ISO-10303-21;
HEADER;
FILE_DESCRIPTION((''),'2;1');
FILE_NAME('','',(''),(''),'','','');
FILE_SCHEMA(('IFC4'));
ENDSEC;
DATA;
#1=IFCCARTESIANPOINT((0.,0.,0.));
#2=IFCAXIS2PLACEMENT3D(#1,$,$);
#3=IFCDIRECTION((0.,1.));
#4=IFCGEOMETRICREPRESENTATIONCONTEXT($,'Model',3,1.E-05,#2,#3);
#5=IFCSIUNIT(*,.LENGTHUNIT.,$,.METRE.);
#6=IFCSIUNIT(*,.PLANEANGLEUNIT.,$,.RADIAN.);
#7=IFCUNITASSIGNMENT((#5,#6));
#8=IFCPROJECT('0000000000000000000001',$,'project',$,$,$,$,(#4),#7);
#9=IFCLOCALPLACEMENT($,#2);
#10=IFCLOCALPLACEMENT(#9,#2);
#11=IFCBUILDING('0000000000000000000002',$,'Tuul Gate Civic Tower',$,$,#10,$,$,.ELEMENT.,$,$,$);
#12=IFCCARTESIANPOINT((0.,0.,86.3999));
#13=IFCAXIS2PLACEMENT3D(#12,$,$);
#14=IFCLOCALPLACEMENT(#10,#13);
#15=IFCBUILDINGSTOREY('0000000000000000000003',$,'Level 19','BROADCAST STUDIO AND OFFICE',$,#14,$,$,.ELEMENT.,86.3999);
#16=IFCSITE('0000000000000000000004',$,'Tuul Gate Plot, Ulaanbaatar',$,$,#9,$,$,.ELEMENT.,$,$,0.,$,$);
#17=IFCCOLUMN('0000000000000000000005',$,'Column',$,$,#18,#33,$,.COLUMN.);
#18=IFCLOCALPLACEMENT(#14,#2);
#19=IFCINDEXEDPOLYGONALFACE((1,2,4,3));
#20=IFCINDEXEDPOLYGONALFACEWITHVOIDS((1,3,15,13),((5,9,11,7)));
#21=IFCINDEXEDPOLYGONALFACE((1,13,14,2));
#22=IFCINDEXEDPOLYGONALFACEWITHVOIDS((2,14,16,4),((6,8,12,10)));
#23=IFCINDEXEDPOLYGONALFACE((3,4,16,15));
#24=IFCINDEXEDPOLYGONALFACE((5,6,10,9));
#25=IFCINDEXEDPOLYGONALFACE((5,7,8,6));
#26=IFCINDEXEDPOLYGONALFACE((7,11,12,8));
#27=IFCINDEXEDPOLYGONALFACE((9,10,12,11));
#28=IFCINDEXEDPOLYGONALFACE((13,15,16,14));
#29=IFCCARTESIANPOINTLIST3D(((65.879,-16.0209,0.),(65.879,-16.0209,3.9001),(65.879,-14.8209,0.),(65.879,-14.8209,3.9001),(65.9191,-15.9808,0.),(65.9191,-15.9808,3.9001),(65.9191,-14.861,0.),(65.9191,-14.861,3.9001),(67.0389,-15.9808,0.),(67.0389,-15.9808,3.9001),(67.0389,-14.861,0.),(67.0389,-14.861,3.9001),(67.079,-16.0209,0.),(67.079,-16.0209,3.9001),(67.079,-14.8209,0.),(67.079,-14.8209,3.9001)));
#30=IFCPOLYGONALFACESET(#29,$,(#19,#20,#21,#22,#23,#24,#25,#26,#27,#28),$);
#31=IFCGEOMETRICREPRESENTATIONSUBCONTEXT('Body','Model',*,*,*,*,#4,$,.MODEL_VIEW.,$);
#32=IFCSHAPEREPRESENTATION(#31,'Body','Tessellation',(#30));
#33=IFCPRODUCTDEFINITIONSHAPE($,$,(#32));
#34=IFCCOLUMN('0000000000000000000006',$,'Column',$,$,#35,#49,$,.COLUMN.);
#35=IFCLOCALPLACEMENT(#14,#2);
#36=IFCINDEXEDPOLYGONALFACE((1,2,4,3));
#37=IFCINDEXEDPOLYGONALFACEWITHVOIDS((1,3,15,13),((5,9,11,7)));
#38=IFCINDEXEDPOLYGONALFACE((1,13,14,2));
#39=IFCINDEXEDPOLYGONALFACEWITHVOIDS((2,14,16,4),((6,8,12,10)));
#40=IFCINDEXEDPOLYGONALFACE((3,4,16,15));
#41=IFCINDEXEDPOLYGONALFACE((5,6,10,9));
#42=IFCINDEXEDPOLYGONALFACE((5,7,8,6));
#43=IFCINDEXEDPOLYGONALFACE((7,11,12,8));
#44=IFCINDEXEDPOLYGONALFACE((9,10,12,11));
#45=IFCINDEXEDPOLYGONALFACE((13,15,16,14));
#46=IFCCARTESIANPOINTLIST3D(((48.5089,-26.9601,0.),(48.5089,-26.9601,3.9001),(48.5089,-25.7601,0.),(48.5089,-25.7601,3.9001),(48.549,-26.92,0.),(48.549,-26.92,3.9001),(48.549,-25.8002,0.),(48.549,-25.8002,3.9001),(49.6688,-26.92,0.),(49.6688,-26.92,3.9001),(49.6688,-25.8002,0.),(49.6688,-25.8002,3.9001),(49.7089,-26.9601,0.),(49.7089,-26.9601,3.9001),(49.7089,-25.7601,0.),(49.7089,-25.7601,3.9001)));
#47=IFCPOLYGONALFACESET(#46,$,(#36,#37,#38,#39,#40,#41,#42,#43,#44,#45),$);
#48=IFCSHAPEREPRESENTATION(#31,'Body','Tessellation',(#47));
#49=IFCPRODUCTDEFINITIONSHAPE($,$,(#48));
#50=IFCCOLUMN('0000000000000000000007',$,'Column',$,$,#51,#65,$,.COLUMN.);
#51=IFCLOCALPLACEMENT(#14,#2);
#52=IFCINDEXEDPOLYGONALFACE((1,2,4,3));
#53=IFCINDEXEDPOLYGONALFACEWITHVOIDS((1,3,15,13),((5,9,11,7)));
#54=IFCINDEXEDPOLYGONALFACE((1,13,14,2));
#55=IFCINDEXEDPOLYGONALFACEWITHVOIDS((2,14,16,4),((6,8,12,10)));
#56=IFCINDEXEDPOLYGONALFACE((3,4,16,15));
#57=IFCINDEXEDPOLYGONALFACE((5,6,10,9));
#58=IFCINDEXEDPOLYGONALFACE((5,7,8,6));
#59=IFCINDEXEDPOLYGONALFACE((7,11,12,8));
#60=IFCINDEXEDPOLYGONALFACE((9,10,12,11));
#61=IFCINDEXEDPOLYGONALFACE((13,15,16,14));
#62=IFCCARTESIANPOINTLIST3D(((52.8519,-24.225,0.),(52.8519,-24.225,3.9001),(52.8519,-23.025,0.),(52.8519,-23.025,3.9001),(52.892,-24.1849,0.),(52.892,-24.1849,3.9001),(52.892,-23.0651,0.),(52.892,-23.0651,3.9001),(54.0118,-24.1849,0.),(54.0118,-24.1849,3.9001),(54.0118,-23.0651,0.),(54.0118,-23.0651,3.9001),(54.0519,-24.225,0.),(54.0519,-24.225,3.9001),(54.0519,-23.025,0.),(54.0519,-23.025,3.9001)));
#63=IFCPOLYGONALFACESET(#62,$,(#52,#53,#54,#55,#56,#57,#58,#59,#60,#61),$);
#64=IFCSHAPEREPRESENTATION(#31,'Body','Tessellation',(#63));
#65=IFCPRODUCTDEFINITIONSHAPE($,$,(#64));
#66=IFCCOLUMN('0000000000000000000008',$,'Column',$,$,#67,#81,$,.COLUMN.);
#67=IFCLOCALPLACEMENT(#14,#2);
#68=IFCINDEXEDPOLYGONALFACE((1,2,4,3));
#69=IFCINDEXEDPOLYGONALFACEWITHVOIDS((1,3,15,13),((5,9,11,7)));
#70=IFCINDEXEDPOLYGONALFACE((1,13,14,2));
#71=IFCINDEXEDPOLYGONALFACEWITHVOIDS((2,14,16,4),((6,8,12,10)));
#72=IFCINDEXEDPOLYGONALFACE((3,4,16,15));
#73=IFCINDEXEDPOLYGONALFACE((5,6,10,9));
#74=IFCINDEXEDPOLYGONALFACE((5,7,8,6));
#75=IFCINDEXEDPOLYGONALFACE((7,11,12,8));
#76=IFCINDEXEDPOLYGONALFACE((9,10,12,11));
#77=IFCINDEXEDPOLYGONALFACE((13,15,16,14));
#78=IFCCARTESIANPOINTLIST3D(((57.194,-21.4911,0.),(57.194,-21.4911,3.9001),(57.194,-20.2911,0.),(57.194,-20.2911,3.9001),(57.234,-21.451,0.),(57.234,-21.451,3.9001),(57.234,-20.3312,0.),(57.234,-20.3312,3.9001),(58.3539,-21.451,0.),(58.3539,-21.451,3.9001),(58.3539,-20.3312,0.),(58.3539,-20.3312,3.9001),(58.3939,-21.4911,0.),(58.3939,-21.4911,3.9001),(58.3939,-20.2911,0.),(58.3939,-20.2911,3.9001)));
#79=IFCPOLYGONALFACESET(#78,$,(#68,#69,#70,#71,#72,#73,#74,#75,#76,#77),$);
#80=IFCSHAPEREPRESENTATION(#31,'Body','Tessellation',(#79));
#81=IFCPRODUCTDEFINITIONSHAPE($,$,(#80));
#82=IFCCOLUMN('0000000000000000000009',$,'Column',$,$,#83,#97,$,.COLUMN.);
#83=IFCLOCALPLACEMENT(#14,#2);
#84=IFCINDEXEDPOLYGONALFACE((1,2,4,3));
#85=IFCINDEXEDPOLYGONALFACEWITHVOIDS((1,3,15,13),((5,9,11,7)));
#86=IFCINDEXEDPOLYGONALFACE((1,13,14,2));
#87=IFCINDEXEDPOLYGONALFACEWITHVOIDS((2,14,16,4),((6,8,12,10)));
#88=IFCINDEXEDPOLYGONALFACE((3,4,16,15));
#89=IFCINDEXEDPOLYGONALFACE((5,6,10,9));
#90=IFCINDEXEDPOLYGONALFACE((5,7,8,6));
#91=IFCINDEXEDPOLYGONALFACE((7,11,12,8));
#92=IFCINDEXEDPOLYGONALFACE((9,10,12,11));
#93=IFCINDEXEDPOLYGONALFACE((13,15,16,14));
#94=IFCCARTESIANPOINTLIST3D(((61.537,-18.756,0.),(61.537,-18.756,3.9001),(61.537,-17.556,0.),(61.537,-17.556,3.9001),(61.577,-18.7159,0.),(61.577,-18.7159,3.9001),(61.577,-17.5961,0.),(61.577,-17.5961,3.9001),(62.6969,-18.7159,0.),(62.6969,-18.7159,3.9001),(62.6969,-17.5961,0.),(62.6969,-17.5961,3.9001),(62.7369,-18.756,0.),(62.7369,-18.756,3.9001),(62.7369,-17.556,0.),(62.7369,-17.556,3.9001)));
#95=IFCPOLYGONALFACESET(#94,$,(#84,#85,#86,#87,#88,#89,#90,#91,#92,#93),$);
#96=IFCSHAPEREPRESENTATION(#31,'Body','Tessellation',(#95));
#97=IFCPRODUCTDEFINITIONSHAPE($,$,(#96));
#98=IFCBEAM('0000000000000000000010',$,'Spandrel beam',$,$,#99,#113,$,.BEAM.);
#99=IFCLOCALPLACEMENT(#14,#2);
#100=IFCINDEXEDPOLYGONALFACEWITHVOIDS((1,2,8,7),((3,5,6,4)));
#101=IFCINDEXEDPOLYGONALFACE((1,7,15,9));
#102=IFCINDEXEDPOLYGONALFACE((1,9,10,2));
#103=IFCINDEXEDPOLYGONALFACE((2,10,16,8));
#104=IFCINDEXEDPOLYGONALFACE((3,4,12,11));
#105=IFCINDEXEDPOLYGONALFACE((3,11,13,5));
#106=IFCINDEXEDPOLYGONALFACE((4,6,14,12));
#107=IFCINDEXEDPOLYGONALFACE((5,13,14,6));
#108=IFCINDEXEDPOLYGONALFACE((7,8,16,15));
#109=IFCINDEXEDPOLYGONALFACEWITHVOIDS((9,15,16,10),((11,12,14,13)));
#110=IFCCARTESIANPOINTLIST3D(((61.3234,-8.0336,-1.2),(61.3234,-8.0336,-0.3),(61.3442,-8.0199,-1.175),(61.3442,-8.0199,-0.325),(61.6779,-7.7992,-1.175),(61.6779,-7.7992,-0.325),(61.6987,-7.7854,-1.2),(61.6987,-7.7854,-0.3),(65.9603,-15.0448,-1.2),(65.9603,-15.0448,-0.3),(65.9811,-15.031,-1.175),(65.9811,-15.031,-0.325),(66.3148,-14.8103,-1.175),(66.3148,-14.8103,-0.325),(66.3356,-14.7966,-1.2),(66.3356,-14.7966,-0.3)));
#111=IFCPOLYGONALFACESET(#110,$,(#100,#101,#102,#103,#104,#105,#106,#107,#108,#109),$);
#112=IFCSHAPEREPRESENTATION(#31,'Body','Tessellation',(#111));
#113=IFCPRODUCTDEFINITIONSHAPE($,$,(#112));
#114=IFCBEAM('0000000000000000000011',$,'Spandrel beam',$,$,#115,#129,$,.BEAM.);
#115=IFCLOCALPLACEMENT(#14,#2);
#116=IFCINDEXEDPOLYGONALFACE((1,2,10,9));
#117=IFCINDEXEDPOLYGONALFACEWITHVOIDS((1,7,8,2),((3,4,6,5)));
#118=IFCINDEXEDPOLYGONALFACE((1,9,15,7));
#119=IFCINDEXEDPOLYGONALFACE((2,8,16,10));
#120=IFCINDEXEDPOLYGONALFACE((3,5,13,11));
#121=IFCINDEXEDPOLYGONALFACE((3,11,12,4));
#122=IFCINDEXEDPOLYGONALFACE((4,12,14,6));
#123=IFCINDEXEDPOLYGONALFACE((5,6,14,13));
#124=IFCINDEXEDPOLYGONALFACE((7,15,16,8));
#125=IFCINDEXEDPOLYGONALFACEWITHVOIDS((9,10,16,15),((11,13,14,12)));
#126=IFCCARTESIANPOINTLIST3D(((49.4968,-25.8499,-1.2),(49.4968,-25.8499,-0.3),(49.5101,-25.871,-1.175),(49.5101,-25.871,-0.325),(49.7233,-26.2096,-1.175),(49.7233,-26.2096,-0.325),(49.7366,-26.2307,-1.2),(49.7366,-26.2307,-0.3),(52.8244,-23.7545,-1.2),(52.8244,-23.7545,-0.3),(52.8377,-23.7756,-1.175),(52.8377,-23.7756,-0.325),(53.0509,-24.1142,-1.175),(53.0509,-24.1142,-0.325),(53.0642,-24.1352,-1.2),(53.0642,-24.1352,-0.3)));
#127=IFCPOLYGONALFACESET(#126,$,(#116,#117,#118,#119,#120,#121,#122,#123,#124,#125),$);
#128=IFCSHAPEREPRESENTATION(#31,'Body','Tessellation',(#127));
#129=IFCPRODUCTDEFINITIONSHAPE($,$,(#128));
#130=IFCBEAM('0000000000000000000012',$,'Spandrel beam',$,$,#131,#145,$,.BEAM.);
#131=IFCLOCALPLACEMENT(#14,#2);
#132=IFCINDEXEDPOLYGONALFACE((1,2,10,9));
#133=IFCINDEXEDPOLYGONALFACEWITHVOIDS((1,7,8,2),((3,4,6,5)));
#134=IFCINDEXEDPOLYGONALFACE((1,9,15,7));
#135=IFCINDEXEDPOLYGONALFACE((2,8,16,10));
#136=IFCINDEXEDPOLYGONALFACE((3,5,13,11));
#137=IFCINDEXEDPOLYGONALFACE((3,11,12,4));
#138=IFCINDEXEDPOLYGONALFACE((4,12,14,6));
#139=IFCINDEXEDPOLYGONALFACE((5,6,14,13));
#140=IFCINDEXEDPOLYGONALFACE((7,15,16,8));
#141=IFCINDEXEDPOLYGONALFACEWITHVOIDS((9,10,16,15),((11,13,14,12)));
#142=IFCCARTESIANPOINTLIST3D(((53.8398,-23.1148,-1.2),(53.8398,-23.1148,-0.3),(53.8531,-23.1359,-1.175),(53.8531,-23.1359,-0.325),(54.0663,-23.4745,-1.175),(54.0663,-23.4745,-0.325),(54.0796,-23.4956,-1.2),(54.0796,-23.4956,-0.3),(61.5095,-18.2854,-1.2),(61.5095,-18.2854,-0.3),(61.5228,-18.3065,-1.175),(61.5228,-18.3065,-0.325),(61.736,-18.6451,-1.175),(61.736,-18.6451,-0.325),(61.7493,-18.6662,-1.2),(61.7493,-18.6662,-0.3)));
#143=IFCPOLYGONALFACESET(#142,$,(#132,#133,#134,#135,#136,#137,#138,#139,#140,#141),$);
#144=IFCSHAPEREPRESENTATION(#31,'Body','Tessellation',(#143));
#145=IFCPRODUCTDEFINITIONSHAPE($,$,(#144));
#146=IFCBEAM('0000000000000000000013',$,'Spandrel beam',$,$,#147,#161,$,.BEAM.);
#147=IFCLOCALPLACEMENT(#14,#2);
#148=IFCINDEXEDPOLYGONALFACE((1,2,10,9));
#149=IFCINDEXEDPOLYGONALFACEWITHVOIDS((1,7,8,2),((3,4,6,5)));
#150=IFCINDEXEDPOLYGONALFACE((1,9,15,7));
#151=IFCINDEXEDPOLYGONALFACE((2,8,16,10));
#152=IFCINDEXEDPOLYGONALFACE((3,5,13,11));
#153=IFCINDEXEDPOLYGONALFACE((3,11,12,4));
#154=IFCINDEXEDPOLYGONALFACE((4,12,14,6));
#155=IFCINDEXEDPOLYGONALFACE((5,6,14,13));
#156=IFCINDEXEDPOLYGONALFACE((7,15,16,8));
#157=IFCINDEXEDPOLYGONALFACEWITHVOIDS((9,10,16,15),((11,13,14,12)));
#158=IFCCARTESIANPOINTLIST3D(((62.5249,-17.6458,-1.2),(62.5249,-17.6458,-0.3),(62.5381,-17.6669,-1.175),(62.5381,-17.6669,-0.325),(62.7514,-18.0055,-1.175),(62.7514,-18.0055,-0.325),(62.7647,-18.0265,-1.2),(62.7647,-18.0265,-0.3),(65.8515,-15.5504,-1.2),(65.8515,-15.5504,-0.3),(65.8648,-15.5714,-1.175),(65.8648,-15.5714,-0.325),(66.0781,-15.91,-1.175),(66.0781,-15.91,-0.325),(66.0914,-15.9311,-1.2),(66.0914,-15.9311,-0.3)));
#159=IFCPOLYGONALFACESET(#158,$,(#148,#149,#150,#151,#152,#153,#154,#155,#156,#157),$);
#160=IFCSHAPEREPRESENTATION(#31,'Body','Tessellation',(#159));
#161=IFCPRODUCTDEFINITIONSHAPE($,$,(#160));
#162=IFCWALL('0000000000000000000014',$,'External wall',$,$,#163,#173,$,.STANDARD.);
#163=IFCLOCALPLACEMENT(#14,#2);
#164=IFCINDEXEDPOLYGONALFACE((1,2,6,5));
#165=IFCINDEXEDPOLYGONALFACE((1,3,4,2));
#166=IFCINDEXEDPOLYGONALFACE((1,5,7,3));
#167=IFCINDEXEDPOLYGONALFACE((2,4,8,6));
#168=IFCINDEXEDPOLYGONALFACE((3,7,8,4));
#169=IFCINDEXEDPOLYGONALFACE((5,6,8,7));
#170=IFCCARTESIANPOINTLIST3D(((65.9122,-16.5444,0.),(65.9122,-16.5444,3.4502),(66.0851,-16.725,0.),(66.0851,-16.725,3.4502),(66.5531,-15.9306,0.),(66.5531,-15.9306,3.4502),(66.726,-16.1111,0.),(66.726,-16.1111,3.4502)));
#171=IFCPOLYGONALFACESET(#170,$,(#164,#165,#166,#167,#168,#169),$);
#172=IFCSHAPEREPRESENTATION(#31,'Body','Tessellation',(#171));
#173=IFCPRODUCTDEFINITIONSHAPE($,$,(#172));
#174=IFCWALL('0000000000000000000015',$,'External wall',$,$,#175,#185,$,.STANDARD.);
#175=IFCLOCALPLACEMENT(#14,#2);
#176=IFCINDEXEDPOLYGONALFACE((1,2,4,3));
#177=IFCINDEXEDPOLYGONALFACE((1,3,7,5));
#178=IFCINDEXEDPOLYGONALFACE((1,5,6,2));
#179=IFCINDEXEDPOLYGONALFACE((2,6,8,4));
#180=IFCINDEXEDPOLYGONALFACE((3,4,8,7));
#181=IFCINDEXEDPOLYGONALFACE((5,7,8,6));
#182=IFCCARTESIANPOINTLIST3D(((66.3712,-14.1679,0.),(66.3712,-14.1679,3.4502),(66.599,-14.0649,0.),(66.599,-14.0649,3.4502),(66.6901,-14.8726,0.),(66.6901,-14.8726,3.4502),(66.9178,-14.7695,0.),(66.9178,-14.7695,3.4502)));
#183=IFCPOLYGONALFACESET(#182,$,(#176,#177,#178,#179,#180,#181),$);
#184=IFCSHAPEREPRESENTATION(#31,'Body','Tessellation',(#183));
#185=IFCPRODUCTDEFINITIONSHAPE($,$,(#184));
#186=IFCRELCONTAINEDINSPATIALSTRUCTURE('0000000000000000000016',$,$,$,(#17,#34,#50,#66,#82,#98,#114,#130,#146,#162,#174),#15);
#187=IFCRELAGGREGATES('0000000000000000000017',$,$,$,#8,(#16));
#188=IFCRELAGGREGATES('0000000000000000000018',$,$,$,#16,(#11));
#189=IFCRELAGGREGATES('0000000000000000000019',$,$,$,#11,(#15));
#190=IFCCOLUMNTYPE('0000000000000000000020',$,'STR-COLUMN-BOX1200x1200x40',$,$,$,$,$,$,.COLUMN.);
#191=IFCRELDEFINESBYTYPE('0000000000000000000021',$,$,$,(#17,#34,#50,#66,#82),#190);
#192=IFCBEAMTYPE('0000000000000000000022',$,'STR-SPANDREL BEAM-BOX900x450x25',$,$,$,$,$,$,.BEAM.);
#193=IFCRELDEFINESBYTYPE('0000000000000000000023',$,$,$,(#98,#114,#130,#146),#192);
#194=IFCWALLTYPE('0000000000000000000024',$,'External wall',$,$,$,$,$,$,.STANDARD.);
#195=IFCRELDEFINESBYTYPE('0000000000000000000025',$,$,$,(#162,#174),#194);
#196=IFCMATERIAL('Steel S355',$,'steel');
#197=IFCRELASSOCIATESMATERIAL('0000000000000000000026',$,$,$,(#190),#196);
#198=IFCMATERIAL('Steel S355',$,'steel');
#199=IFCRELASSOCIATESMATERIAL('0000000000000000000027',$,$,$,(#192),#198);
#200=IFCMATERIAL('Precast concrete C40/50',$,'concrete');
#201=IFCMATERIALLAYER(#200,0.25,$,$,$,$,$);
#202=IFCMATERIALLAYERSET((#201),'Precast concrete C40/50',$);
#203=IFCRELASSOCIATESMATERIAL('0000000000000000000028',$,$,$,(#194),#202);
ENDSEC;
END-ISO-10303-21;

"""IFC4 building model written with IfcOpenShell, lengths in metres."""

from ifc_helpers import new_model, si_unit, direction, frame, frame_2d, origin, origin_2d, place, context, subcontext, project, spatial, rectangle, hollow_rectangle, extrude, material, layer, layer_set, material_profile, profile_set, type_object, element, save


model = new_model("IFC4")

# Units and contexts
model_context = context("Model", 3, precision=1e-05, world=origin(), true_north=direction((0.0, 1.0)))
body_context = subcontext(model_context, "Body", "Model", "MODEL_VIEW")
ifc_project = project(units=[si_unit("LENGTHUNIT", "METRE"), si_unit("PLANEANGLEUNIT", "RADIAN")], contexts=[model_context])

# Site, building, storey
site_placement = place(None, origin())
site = spatial("IfcSite", under=ifc_project, at=site_placement, Name="Tuul Gate Plot, Ulaanbaatar", CompositionType="ELEMENT", RefElevation=0.0)
building_placement = place(site_placement, origin())
building = spatial("IfcBuilding", under=site, at=building_placement, Name="Tuul Gate Civic Tower", CompositionType="ELEMENT")
storey_placement = place(building_placement, frame((0.0, 0.0, 86.3999)))
storey = spatial("IfcBuildingStorey", under=building, at=storey_placement, Name="Level 19", Description="BROADCAST STUDIO AND OFFICE", CompositionType="ELEMENT", Elevation=86.3999)

# Columns
ifc_material_1 = material(Name="Steel S355", Category="steel")
ifc_material_profile_1 = material_profile(ifc_material_1, hollow_rectangle(XDim=1.2, YDim=1.2, WallThickness=0.04, at=origin_2d()), Name="BOX1200x1200x40")
ifc_profile_set_1 = profile_set([ifc_material_profile_1], Name="Steel S355")
column_type = type_object("IfcColumnType", Name="STR-COLUMN-BOX1200x1200x40", PredefinedType="COLUMN", material=ifc_profile_set_1)
for number, where, z_axis, x_axis, name in (
    (1, (66.479, -15.4209, 0.0), (0.0, 0.0, 1.0), (1.0, 0.0, 0.0), "Column"),
    (2, (49.1089, -26.3601, 0.0), (0.0, 0.0, 1.0), (1.0, 0.0, 0.0), "Column"),
    (3, (53.4519, -23.625, 0.0), (0.0, 0.0, 1.0), (1.0, 0.0, 0.0), "Column"),
    (4, (57.7939, -20.8911, 0.0), (0.0, 0.0, 1.0), (1.0, 0.0, 0.0), "Column"),
    (5, (62.137, -18.156, 0.0), (0.0, 0.0, 1.0), (1.0, 0.0, 0.0), "Column"),
):
    element("IfcColumn", number, at=place(storey_placement, frame(where, z_axis=z_axis, x_axis=x_axis)), inside=storey, type_object=column_type, Name=name, PredefinedType="COLUMN", context=body_context, shape_type="SweptSolid", body=[
        extrude(hollow_rectangle(XDim=1.2, YDim=1.2, WallThickness=0.04, at=origin_2d()), origin(), (0.0, 0.0, 1.0), 3.9001),
    ])

# Beams
ifc_material_2 = material(Name="Steel S355", Category="steel")
ifc_material_profile_2 = material_profile(ifc_material_2, hollow_rectangle(XDim=0.45, YDim=0.8999, WallThickness=0.0249, at=origin_2d()), Name="BOX900x450x25")
ifc_profile_set_2 = profile_set([ifc_material_profile_2], Name="Steel S355")
beam_type = type_object("IfcBeamType", Name="STR-SPANDREL BEAM-BOX900x450x25", PredefinedType="BEAM", material=ifc_profile_set_2)
beam_1_placement = place(storey_placement, frame((66.1479, -14.9207, -0.75), z_axis=(-0.551633, 0.834087, 0.0), x_axis=(-0.834087, -0.551633, 0.0)))
element("IfcBeam", 6, at=beam_1_placement, inside=storey, type_object=beam_type, Name="Spandrel beam", PredefinedType="BEAM", context=body_context, shape_type="SweptSolid", body=[
    extrude(hollow_rectangle(XDim=0.45, YDim=0.8999, WallThickness=0.0249, at=origin_2d()), origin(), (0.0, 0.0, 1.0), 8.4058),
])
beam_2_placement = place(storey_placement, frame((49.6167, -26.0403, -0.75), z_axis=(0.846201, 0.532864, 0.0), x_axis=(-0.532864, 0.846201, 0.0)))
element("IfcBeam", 7, at=beam_2_placement, inside=storey, type_object=beam_type, Name="Spandrel beam", PredefinedType="BEAM", context=body_context, shape_type="SweptSolid", body=[
    extrude(hollow_rectangle(XDim=0.45, YDim=0.8999, WallThickness=0.0249, at=origin_2d()), origin(), (0.0, 0.0, 1.0), 3.9324),
])
beam_3_placement = place(storey_placement, frame((53.9597, -23.3052, -0.75), z_axis=(0.846218, 0.532836, 0.0), x_axis=(-0.532836, 0.846218, 0.0)))
element("IfcBeam", 8, at=beam_3_placement, inside=storey, type_object=beam_type, Name="Spandrel beam", PredefinedType="BEAM", context=body_context, shape_type="SweptSolid", body=[
    extrude(hollow_rectangle(XDim=0.45, YDim=0.8999, WallThickness=0.0249, at=origin_2d()), origin(), (0.0, 0.0, 1.0), 9.0635),
])
beam_4_placement = place(storey_placement, frame((62.6448, -17.8362, -0.75), z_axis=(0.84613, 0.532976, 0.0), x_axis=(-0.532976, 0.84613, 0.0)))
element("IfcBeam", 9, at=beam_4_placement, inside=storey, type_object=beam_type, Name="Spandrel beam", PredefinedType="BEAM", context=body_context, shape_type="SweptSolid", body=[
    extrude(hollow_rectangle(XDim=0.45, YDim=0.8999, WallThickness=0.0249, at=origin_2d()), origin(), (0.0, 0.0, 1.0), 3.9316),
])

# Walls
ifc_material_3 = material(Name="Precast concrete C40/50", Category="concrete")
ifc_layer = layer(ifc_material_3, 0.25)
ifc_layer_set = layer_set([ifc_layer], Name="Precast concrete C40/50")
wall_type = type_object("IfcWallType", Name="External wall", PredefinedType="STANDARD", material=ifc_layer_set)
wall_1_placement = place(storey_placement, frame((65.9985, -16.6348, 0.0), z_axis=(0.0, 0.0, 1.0), x_axis=(0.722212, 0.691672, 0.0)))
element("IfcWall", 10, at=wall_1_placement, inside=storey, type_object=wall_type, Name="External wall", PredefinedType="STANDARD", context=body_context, shape_type="SweptSolid", body=[
    extrude(rectangle(XDim=0.8875, YDim=0.25, at=frame_2d((0.4438, 0.0))), origin(), (0.0, 0.0, 1.0), 3.4502),
])
wall_2_placement = place(storey_placement, frame((66.804, -14.821, 0.0), z_axis=(0.0, 0.0, 1.0), x_axis=(-0.41228, 0.911057, 0.0)))
element("IfcWall", 11, at=wall_2_placement, inside=storey, type_object=wall_type, Name="External wall", PredefinedType="STANDARD", context=body_context, shape_type="SweptSolid", body=[
    extrude(rectangle(XDim=0.7734, YDim=0.25, at=frame_2d((0.3867, 0.0))), origin(), (0.0, 0.0, 1.0), 3.4502),
])

save(model, "model.ifc")
